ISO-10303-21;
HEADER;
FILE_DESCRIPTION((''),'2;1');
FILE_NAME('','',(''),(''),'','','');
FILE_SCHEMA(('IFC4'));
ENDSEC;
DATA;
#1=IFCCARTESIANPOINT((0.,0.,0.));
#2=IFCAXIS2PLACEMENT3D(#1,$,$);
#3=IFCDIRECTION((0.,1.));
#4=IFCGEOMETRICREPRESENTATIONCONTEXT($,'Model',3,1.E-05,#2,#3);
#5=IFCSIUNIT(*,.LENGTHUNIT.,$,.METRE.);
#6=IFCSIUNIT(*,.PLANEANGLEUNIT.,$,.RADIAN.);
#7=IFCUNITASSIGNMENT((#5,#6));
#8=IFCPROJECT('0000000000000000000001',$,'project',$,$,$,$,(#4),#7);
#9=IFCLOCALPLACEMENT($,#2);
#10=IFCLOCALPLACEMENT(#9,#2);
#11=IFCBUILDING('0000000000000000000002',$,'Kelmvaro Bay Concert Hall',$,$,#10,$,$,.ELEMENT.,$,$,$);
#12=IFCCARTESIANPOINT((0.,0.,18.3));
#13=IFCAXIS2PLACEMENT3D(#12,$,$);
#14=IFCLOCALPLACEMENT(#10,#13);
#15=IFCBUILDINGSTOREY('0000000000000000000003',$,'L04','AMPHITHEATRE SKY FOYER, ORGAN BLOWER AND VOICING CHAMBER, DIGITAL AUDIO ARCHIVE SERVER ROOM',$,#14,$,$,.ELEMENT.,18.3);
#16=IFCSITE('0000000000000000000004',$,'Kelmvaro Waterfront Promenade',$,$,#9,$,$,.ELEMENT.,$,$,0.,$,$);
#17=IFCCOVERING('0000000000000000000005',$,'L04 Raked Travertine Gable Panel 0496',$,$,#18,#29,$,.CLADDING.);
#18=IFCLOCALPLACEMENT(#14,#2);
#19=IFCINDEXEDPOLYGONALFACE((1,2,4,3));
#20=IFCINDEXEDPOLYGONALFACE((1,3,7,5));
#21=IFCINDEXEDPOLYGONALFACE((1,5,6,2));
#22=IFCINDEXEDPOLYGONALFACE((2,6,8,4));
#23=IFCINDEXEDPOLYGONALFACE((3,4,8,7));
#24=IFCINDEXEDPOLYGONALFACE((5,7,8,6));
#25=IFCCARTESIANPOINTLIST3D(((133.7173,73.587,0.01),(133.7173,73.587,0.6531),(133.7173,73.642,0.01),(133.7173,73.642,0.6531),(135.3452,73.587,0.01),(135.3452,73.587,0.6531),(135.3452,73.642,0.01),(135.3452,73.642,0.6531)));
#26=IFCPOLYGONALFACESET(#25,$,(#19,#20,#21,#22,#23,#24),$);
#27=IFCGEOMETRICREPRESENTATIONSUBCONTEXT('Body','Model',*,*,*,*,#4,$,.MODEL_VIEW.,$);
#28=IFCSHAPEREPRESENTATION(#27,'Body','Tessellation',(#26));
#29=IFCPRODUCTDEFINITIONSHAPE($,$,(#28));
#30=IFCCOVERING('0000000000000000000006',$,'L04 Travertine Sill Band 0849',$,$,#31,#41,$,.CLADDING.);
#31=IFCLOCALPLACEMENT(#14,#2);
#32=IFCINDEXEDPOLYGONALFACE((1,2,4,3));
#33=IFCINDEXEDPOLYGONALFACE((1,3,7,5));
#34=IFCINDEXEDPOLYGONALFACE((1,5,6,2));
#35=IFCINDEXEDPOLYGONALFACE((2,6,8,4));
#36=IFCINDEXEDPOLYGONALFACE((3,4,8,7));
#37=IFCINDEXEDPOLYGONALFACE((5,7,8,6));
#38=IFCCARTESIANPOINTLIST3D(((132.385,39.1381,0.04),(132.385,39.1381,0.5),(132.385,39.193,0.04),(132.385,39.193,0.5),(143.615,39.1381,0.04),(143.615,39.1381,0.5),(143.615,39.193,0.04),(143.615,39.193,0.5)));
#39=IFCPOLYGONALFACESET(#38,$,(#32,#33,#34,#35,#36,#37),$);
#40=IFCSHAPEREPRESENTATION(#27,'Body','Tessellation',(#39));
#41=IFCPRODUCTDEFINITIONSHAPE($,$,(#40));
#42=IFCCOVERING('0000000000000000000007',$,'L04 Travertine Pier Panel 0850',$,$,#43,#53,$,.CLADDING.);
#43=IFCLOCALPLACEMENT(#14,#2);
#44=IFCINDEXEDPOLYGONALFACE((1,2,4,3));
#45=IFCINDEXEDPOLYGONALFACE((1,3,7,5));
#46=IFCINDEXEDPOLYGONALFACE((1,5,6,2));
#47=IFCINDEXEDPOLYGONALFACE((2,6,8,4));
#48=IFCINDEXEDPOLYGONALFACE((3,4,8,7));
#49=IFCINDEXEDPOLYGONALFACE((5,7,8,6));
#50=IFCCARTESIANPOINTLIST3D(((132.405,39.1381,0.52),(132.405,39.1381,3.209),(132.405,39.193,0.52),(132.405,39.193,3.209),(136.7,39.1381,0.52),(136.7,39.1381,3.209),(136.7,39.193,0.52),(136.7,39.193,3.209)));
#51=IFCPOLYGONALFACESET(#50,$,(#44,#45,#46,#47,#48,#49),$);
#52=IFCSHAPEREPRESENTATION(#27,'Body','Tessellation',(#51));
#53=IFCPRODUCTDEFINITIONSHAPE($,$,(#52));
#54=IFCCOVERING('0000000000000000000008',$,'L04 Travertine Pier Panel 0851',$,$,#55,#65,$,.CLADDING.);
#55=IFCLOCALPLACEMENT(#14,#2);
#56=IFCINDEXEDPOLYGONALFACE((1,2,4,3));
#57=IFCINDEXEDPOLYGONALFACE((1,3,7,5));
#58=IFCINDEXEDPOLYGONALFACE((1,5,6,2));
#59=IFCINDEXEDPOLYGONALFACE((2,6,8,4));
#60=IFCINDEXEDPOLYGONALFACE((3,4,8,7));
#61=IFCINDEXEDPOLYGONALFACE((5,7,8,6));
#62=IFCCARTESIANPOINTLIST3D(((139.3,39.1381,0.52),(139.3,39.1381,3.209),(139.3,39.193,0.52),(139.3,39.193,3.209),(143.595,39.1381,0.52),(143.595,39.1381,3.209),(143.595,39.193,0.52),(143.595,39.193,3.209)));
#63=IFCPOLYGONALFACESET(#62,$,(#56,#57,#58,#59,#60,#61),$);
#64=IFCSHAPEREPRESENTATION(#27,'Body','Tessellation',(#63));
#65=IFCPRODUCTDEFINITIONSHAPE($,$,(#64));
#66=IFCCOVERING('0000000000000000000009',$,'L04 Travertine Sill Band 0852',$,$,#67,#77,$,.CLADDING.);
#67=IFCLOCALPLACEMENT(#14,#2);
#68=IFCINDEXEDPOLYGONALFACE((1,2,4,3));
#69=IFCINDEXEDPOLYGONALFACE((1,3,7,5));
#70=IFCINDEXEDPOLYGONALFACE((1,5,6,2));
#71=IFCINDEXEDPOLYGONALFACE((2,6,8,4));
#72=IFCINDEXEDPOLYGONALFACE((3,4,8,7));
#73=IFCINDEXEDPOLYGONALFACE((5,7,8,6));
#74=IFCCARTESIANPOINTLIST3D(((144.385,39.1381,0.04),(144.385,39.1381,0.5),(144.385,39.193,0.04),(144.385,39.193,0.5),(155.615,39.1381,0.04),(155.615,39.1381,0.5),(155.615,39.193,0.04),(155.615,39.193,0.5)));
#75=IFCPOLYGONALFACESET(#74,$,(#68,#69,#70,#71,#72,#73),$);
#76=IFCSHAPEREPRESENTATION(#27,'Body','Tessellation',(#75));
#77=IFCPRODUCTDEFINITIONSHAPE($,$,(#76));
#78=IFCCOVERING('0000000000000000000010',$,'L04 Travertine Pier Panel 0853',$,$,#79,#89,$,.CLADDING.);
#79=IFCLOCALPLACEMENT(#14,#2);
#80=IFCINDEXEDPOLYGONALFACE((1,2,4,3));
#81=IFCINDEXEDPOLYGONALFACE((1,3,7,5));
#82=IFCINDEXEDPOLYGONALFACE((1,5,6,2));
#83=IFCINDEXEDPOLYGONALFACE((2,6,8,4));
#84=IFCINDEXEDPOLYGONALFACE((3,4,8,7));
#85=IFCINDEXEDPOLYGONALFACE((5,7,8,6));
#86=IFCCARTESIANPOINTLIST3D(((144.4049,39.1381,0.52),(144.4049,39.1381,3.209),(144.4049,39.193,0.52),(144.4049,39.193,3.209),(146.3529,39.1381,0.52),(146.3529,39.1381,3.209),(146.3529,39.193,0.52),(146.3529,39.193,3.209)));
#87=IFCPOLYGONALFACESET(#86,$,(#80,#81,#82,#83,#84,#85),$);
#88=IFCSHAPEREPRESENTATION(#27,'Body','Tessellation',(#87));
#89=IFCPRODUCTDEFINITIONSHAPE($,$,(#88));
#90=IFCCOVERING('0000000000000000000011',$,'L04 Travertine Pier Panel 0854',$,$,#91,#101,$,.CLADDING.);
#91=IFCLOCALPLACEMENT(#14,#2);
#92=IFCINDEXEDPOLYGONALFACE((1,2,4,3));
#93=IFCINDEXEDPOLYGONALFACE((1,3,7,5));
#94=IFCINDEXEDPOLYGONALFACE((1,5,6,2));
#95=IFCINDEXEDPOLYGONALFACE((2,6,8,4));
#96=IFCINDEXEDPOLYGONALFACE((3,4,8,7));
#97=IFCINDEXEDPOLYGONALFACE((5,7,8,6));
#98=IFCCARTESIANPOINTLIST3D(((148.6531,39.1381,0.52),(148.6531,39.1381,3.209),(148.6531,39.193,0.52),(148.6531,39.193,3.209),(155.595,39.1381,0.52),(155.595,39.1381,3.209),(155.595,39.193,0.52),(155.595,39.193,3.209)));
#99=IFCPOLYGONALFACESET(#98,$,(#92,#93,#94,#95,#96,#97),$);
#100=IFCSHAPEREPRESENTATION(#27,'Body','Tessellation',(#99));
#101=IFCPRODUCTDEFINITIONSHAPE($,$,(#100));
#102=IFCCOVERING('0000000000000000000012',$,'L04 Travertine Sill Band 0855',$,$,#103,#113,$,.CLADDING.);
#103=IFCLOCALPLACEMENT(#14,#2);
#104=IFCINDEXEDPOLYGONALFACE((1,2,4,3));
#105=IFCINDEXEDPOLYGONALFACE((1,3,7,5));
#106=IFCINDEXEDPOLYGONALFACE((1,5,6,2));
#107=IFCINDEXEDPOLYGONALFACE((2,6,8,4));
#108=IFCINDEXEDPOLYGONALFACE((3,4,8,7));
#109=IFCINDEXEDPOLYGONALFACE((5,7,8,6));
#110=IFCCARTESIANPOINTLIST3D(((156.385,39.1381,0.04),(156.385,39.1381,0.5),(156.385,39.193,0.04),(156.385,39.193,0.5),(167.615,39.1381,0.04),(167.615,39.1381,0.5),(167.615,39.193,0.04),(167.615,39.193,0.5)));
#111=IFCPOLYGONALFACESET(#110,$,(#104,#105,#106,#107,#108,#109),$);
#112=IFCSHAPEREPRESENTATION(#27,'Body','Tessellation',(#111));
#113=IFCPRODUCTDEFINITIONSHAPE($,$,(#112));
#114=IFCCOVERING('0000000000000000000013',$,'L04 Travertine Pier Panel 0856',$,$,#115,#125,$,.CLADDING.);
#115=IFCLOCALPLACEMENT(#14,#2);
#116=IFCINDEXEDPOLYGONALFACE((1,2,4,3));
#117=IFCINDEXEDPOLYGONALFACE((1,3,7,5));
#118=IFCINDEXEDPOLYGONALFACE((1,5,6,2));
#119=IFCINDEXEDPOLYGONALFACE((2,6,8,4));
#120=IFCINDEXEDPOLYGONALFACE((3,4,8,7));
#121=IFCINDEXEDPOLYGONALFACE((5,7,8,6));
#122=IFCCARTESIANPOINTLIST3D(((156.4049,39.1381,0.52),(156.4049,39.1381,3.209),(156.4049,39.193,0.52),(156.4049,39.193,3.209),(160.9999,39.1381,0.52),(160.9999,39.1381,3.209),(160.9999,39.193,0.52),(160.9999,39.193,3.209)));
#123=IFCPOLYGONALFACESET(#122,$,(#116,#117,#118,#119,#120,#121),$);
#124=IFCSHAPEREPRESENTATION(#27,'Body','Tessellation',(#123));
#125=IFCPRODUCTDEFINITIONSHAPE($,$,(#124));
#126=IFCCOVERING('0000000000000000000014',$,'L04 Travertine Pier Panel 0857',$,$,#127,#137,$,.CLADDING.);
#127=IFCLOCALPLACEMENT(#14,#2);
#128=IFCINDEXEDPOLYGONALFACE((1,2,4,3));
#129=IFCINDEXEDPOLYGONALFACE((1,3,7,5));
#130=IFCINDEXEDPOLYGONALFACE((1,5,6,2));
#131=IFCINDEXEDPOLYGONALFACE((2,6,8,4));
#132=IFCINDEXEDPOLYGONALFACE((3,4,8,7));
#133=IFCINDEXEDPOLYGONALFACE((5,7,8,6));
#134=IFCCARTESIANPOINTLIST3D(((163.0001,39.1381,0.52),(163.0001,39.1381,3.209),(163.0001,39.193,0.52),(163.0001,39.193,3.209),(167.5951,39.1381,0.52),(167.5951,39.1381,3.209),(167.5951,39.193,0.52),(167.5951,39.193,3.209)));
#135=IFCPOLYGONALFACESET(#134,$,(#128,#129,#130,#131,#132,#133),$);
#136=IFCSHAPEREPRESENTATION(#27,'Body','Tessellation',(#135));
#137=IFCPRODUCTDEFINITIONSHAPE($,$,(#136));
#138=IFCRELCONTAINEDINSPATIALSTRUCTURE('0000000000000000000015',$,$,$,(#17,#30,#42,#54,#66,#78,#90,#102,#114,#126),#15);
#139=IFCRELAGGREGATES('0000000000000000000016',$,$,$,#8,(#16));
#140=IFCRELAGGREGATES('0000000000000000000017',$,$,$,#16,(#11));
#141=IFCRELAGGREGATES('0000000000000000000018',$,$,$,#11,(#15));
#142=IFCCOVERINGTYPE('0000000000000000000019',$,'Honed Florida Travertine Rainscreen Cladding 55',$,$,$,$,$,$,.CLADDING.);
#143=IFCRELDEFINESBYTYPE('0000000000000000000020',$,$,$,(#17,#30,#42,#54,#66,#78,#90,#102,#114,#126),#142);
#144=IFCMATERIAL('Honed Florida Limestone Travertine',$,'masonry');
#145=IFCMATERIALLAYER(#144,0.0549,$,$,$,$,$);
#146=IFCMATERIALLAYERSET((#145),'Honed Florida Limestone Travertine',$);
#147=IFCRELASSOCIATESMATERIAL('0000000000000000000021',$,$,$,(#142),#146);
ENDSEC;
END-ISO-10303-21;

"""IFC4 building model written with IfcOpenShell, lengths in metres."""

from ifc_helpers import new_model, si_unit, direction, frame, origin, origin_2d, place, context, subcontext, project, spatial, rectangle, extrude, material, layer, layer_set, type_object, element, save


model = new_model("IFC4")

# Units and contexts
model_context = context("Model", 3, precision=1e-05, world=origin(), true_north=direction((0.0, 1.0)))
body_context = subcontext(model_context, "Body", "Model", "MODEL_VIEW")
ifc_project = project(units=[si_unit("LENGTHUNIT", "METRE"), si_unit("PLANEANGLEUNIT", "RADIAN")], contexts=[model_context])

# Site, building, storey
site_placement = place(None, origin())
site = spatial("IfcSite", under=ifc_project, at=site_placement, Name="Kelmvaro Waterfront Promenade", CompositionType="ELEMENT", RefElevation=0.0)
building_placement = place(site_placement, origin())
building = spatial("IfcBuilding", under=site, at=building_placement, Name="Kelmvaro Bay Concert Hall", CompositionType="ELEMENT")
storey_placement = place(building_placement, frame((0.0, 0.0, 18.3)))
storey = spatial("IfcBuildingStorey", under=building, at=storey_placement, Name="L04", Description="AMPHITHEATRE SKY FOYER, ORGAN BLOWER AND VOICING CHAMBER, DIGITAL AUDIO ARCHIVE SERVER ROOM", CompositionType="ELEMENT", Elevation=18.3)

# Coverings
ifc_material_1 = material(Name="Honed Florida Limestone Travertine", Category="masonry")
ifc_layer_1 = layer(ifc_material_1, 0.0549)
ifc_layer_set_1 = layer_set([ifc_layer_1], Name="Honed Florida Limestone Travertine")
covering_type = type_object("IfcCoveringType", Name="Honed Florida Travertine Rainscreen Cladding 55", PredefinedType="CLADDING", material=ifc_layer_set_1)
covering_1_placement = place(storey_placement, frame((134.5312, 73.6145, 0.01), z_axis=(0.0, 0.0, 1.0), x_axis=(-1.0, 0.0, 0.0)))
element("IfcCovering", 1, at=covering_1_placement, inside=storey, type_object=covering_type, Name="L04 Raked Travertine Gable Panel 0496", PredefinedType="CLADDING", context=body_context, shape_type="SweptSolid", body=[
    extrude(rectangle(XDim=1.6279, YDim=0.0549, at=origin_2d()), origin(), (0.0, 0.0, 1.0), 0.6431),
])
covering_2_placement = place(storey_placement, frame((138.0, 39.1655, 0.04), z_axis=(0.0, 0.0, 1.0), x_axis=(1.0, 0.0, 0.0)))
element("IfcCovering", 2, at=covering_2_placement, inside=storey, type_object=covering_type, Name="L04 Travertine Sill Band 0849", PredefinedType="CLADDING", context=body_context, shape_type="SweptSolid", body=[
    extrude(rectangle(XDim=11.23, YDim=0.0549, at=origin_2d()), origin(), (0.0, 0.0, 1.0), 0.46),
])
for number, where, z_axis, x_axis, name in (
    (3, (134.5525, 39.1655, 0.52), (0.0, 0.0, 1.0), (1.0, 0.0, 0.0), "L04 Travertine Pier Panel 0850"),
    (4, (141.4475, 39.1655, 0.52), (0.0, 0.0, 1.0), (1.0, 0.0, 0.0), "L04 Travertine Pier Panel 0851"),
):
    element("IfcCovering", number, at=place(storey_placement, frame(where, z_axis=z_axis, x_axis=x_axis)), inside=storey, type_object=covering_type, Name=name, PredefinedType="CLADDING", context=body_context, shape_type="SweptSolid", body=[
        extrude(rectangle(XDim=4.2949, YDim=0.0549, at=origin_2d()), origin(), (0.0, 0.0, 1.0), 2.689),
    ])
covering_3_placement = place(storey_placement, frame((150.0, 39.1655, 0.04), z_axis=(0.0, 0.0, 1.0), x_axis=(1.0, 0.0, 0.0)))
element("IfcCovering", 5, at=covering_3_placement, inside=storey, type_object=covering_type, Name="L04 Travertine Sill Band 0852", PredefinedType="CLADDING", context=body_context, shape_type="SweptSolid", body=[
    extrude(rectangle(XDim=11.23, YDim=0.0549, at=origin_2d()), origin(), (0.0, 0.0, 1.0), 0.46),
])
covering_4_placement = place(storey_placement, frame((145.3789, 39.1655, 0.52), z_axis=(0.0, 0.0, 1.0), x_axis=(1.0, 0.0, 0.0)))
element("IfcCovering", 6, at=covering_4_placement, inside=storey, type_object=covering_type, Name="L04 Travertine Pier Panel 0853", PredefinedType="CLADDING", context=body_context, shape_type="SweptSolid", body=[
    extrude(rectangle(XDim=1.948, YDim=0.0549, at=origin_2d()), origin(), (0.0, 0.0, 1.0), 2.689),
])
covering_5_placement = place(storey_placement, frame((152.124, 39.1655, 0.52), z_axis=(0.0, 0.0, 1.0), x_axis=(1.0, 0.0, 0.0)))
element("IfcCovering", 7, at=covering_5_placement, inside=storey, type_object=covering_type, Name="L04 Travertine Pier Panel 0854", PredefinedType="CLADDING", context=body_context, shape_type="SweptSolid", body=[
    extrude(rectangle(XDim=6.9419, YDim=0.0549, at=origin_2d()), origin(), (0.0, 0.0, 1.0), 2.689),
])
covering_6_placement = place(storey_placement, frame((162.0, 39.1655, 0.04), z_axis=(0.0, 0.0, 1.0), x_axis=(1.0, 0.0, 0.0)))
element("IfcCovering", 8, at=covering_6_placement, inside=storey, type_object=covering_type, Name="L04 Travertine Sill Band 0855", PredefinedType="CLADDING", context=body_context, shape_type="SweptSolid", body=[
    extrude(rectangle(XDim=11.23, YDim=0.0549, at=origin_2d()), origin(), (0.0, 0.0, 1.0), 0.46),
])
for number, where, z_axis, x_axis, name in (
    (9, (158.7024, 39.1655, 0.52), (0.0, 0.0, 1.0), (1.0, 0.0, 0.0), "L04 Travertine Pier Panel 0856"),
    (10, (165.2976, 39.1655, 0.52), (0.0, 0.0, 1.0), (1.0, 0.0, 0.0), "L04 Travertine Pier Panel 0857"),
):
    element("IfcCovering", number, at=place(storey_placement, frame(where, z_axis=z_axis, x_axis=x_axis)), inside=storey, type_object=covering_type, Name=name, PredefinedType="CLADDING", context=body_context, shape_type="SweptSolid", body=[
        extrude(rectangle(XDim=4.595, YDim=0.0549, at=origin_2d()), origin(), (0.0, 0.0, 1.0), 2.689),
    ])

save(model, "model.ifc")
